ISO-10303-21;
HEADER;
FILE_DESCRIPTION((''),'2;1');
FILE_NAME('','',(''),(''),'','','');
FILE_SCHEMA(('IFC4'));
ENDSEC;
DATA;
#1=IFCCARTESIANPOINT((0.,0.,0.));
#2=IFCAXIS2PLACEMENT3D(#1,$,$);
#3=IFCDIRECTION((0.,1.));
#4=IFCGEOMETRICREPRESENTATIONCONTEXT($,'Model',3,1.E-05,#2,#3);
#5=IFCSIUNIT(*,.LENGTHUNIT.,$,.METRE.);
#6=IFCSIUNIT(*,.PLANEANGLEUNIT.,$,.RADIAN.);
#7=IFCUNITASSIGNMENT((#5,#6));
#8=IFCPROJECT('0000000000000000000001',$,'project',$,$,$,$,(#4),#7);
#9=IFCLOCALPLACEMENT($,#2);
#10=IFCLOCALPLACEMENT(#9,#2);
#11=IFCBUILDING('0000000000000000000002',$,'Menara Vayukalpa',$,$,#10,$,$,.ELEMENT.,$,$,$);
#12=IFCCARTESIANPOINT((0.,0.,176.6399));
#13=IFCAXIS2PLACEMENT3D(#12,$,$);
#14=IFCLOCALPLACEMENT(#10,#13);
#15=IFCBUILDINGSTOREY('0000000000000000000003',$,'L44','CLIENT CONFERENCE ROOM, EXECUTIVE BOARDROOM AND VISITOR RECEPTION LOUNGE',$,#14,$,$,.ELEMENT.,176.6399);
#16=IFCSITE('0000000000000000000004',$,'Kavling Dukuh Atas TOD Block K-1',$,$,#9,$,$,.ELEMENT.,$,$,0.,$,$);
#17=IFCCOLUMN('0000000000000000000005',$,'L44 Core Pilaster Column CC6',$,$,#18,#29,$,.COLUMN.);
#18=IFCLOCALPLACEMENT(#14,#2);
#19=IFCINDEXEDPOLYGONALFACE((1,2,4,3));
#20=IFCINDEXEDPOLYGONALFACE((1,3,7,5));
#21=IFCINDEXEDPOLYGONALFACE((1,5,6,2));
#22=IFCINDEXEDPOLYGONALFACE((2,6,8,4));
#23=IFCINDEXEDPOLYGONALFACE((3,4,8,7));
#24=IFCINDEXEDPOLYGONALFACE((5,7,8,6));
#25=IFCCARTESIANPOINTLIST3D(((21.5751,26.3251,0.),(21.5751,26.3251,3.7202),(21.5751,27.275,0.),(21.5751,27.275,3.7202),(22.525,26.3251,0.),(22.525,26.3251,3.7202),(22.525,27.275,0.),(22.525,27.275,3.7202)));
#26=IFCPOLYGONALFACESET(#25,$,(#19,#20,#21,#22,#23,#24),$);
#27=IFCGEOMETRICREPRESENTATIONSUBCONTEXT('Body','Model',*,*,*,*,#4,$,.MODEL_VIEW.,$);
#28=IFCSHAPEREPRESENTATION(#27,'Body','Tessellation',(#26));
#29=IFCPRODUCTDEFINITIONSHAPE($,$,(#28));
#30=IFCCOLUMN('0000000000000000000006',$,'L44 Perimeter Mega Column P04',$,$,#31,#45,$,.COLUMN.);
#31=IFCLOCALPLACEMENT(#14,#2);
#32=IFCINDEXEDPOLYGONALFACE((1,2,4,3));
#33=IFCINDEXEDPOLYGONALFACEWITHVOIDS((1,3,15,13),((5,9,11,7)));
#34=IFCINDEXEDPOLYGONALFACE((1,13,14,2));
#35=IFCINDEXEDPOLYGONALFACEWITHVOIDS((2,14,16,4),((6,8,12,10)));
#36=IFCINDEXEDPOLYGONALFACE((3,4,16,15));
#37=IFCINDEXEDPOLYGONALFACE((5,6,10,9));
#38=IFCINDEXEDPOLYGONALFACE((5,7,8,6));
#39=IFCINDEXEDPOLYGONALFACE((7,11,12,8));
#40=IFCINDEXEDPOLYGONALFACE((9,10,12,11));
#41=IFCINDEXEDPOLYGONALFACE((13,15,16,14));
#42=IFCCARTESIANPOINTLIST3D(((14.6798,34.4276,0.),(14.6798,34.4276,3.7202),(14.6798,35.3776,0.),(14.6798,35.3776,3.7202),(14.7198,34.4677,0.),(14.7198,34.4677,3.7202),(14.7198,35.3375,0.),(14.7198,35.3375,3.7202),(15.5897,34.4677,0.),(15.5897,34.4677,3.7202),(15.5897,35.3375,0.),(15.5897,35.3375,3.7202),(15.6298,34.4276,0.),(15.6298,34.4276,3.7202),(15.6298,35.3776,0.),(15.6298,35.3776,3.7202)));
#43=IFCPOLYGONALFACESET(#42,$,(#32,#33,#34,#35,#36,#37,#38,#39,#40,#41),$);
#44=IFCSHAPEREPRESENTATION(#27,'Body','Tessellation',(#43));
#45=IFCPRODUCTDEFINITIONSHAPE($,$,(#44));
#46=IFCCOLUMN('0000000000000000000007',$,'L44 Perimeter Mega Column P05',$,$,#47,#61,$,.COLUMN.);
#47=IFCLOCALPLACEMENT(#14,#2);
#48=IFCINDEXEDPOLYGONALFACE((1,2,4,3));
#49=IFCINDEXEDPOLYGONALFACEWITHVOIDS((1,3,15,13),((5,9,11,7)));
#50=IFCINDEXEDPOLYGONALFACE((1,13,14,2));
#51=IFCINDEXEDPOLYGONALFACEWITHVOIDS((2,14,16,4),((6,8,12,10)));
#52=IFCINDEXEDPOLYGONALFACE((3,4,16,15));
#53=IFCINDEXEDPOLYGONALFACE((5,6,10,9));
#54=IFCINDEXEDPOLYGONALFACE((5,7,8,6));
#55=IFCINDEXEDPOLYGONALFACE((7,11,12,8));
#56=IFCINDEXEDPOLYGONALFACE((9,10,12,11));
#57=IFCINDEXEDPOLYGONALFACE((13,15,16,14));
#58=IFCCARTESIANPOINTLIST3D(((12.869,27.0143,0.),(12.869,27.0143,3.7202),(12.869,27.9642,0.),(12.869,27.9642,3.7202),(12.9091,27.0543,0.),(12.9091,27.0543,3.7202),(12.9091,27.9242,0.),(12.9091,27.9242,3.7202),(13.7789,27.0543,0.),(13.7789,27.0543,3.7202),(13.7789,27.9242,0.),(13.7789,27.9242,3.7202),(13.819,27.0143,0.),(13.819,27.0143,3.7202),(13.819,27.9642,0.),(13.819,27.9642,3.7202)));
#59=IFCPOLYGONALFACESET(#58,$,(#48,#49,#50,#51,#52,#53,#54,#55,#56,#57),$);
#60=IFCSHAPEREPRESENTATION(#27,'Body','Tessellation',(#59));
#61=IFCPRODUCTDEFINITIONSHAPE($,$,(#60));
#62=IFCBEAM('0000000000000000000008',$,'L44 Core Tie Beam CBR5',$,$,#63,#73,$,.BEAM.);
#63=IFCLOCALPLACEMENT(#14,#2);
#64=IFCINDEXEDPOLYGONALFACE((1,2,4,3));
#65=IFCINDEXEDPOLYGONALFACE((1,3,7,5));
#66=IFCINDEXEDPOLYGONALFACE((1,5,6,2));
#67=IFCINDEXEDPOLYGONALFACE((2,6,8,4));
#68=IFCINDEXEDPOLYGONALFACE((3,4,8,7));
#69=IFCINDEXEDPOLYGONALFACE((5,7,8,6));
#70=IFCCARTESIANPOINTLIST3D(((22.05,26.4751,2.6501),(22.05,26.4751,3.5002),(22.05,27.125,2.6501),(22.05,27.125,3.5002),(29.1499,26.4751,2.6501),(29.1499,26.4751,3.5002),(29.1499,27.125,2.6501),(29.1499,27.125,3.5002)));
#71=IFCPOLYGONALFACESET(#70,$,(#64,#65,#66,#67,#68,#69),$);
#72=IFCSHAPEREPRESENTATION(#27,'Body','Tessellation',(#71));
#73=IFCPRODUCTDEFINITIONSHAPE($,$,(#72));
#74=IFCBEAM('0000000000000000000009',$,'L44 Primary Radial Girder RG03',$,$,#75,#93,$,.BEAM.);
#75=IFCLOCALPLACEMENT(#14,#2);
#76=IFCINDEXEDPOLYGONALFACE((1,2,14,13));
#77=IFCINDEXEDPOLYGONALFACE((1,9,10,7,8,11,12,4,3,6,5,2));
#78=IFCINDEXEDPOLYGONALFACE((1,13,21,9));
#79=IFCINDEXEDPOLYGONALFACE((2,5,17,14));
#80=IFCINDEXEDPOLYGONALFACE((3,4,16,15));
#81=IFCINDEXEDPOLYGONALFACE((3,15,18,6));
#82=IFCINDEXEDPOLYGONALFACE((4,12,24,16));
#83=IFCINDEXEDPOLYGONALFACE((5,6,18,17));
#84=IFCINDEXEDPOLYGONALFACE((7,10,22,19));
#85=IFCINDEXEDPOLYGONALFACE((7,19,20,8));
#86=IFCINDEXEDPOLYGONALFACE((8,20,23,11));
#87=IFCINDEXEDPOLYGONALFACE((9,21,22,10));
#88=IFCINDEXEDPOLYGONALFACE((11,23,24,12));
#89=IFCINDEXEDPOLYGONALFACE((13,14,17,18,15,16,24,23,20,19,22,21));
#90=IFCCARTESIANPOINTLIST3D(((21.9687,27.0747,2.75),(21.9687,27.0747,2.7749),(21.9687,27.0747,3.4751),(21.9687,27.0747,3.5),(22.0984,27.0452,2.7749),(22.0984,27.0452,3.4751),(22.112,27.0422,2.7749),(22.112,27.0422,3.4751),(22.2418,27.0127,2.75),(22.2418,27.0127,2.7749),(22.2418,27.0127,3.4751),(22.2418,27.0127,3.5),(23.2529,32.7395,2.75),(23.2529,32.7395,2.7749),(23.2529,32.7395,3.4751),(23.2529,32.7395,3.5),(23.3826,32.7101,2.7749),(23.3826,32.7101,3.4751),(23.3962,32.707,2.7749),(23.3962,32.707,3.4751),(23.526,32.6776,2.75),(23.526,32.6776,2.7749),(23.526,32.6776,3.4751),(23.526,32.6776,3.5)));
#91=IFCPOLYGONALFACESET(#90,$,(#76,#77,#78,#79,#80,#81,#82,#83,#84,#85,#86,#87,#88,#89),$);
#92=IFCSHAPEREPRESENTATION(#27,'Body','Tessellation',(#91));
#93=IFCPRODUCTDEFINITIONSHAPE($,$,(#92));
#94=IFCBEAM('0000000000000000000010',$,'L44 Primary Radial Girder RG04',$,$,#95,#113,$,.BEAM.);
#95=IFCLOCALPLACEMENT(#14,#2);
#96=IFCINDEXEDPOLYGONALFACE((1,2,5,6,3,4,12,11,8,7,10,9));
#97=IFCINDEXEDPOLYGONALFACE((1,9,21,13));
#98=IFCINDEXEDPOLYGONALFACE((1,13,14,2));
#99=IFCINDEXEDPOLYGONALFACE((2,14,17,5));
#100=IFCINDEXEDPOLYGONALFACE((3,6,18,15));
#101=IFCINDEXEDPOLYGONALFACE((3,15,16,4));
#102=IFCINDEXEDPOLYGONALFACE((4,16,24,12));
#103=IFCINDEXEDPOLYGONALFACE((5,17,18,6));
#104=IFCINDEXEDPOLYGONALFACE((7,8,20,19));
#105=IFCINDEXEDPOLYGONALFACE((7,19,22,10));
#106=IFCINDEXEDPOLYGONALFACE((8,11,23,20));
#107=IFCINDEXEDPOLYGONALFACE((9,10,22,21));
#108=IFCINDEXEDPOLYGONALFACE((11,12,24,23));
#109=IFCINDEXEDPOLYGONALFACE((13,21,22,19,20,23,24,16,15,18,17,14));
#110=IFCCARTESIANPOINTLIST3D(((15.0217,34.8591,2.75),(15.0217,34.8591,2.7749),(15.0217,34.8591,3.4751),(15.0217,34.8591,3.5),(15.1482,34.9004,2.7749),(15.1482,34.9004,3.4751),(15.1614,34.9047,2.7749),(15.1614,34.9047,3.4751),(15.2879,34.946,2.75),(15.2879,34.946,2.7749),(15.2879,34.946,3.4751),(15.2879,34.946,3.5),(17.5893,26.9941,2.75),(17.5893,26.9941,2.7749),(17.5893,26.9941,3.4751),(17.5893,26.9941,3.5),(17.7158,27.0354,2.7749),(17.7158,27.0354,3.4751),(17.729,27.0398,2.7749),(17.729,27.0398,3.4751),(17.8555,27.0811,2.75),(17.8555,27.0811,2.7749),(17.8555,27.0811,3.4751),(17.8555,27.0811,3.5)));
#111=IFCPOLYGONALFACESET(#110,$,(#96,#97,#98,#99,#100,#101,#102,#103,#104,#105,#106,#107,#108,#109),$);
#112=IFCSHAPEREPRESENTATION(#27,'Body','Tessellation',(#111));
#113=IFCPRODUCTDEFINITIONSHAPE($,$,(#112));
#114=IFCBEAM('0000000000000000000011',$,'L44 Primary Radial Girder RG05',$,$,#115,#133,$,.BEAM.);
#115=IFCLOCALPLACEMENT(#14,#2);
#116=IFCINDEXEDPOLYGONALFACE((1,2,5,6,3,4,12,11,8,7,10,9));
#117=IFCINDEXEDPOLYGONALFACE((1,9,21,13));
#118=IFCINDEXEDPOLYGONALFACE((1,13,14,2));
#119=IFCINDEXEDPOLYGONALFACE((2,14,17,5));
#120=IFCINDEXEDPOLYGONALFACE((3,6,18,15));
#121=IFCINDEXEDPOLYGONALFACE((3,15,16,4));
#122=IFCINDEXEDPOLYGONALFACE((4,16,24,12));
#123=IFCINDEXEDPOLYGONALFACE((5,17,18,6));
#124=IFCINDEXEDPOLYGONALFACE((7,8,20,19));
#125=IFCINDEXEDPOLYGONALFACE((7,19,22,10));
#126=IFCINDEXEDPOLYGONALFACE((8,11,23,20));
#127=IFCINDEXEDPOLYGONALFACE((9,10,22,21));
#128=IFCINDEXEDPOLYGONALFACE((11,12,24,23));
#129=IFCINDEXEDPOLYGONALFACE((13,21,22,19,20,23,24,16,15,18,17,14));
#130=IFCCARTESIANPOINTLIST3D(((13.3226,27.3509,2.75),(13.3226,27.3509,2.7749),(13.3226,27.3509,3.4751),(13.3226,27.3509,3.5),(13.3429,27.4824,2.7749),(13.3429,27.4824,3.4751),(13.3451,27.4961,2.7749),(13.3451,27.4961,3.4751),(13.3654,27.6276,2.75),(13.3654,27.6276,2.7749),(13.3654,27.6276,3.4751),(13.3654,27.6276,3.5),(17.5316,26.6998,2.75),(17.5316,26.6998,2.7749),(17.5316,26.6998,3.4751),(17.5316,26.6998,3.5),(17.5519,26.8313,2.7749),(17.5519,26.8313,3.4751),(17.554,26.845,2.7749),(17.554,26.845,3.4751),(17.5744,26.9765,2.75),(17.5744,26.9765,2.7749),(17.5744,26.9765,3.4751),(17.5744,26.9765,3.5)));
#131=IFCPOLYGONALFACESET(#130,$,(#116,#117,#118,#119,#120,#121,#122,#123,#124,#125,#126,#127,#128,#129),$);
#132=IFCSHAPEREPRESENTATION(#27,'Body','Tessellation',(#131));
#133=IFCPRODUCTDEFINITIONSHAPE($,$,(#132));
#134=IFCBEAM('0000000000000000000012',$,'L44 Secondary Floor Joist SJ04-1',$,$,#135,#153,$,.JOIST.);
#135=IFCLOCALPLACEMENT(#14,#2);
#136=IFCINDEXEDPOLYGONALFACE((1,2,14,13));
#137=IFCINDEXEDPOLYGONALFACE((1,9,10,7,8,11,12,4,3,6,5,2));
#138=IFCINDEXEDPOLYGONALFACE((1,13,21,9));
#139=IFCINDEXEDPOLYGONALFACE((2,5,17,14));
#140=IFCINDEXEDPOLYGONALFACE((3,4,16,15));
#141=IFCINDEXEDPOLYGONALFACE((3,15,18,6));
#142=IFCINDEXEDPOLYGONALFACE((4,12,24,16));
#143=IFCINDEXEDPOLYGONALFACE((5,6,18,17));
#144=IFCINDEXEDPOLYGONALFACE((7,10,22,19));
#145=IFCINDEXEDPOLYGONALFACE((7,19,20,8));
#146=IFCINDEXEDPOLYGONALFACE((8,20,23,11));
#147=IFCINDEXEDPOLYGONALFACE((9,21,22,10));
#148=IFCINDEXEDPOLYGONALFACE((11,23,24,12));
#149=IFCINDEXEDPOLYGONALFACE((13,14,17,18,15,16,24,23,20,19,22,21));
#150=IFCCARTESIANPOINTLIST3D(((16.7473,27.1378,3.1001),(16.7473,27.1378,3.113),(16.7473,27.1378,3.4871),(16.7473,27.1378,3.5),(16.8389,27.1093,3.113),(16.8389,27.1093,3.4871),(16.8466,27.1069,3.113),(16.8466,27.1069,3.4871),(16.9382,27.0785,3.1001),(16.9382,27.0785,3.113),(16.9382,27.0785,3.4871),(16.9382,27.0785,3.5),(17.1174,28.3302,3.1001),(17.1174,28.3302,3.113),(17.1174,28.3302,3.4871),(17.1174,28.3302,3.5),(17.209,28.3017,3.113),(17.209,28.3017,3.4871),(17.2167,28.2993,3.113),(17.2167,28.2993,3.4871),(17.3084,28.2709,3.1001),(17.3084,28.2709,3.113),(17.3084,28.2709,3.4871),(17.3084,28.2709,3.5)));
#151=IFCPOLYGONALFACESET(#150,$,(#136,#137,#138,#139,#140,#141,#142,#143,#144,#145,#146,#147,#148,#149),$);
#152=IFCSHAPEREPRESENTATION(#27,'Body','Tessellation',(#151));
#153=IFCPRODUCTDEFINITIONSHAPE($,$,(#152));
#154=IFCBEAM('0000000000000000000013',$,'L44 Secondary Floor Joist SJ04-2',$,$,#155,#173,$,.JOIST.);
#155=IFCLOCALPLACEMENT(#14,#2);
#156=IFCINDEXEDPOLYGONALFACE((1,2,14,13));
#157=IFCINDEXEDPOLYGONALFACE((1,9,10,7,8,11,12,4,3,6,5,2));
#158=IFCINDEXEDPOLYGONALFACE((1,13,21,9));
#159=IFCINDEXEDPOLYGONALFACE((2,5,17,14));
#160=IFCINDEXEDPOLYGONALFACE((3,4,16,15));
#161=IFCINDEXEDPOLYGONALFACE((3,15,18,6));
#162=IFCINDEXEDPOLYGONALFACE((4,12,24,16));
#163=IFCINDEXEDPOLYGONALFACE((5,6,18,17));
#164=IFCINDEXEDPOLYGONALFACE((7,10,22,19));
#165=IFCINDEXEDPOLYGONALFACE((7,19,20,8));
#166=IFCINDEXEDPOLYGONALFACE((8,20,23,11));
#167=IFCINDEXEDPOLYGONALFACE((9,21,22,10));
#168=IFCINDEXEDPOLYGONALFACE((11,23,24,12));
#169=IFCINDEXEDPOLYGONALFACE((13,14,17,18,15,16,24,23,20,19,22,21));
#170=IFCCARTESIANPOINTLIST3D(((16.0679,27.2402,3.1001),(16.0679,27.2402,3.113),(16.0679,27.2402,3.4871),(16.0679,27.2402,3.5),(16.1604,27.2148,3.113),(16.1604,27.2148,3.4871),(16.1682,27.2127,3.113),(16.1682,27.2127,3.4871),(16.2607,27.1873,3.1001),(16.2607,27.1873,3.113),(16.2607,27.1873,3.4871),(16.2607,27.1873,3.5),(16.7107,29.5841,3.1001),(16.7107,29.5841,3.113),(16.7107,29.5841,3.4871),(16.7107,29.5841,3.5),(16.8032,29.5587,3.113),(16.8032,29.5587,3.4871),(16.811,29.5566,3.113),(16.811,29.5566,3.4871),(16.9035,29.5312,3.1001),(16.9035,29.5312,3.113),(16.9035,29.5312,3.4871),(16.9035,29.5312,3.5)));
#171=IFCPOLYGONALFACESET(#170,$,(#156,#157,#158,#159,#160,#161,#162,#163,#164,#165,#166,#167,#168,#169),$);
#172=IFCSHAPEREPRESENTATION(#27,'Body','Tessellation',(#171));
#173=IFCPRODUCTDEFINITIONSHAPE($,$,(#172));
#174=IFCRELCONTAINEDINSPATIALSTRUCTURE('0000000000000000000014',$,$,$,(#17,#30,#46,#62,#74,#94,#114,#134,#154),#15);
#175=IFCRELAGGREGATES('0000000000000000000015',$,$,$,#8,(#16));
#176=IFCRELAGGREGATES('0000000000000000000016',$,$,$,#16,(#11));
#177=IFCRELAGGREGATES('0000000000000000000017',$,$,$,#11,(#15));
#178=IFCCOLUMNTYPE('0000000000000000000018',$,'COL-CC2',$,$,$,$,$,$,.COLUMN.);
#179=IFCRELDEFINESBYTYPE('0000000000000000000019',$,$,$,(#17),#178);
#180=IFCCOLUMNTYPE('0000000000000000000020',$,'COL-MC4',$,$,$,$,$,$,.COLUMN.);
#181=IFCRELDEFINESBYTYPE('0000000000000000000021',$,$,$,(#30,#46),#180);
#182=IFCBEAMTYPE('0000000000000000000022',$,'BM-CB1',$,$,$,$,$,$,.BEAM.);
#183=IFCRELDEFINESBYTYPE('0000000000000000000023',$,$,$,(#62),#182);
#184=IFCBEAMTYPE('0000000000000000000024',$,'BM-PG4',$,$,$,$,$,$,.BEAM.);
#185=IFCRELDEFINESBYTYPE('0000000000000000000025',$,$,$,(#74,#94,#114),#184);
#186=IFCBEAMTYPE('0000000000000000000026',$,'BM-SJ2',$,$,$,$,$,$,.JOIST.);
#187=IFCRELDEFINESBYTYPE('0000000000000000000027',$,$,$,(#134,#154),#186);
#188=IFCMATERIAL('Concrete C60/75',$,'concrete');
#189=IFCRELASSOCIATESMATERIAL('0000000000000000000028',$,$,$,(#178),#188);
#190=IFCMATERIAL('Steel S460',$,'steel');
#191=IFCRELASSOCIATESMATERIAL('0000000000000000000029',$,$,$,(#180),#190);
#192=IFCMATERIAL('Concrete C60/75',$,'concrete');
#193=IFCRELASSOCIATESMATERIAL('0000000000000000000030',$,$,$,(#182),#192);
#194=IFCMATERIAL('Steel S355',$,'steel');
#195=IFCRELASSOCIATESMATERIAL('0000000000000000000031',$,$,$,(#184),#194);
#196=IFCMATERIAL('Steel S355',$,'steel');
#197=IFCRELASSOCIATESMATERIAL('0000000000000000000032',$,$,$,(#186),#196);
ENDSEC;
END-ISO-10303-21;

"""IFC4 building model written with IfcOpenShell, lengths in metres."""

from ifc_helpers import new_model, si_unit, direction, frame, origin, origin_2d, place, context, subcontext, project, spatial, rectangle, hollow_rectangle, i_section, extrude, material, material_profile, profile_set, type_object, element, save


model = new_model("IFC4")

# Units and contexts
model_context = context("Model", 3, precision=1e-05, world=origin(), true_north=direction((0.0, 1.0)))
body_context = subcontext(model_context, "Body", "Model", "MODEL_VIEW")
ifc_project = project(units=[si_unit("LENGTHUNIT", "METRE"), si_unit("PLANEANGLEUNIT", "RADIAN")], contexts=[model_context])

# Site, building, storey
site_placement = place(None, origin())
site = spatial("IfcSite", under=ifc_project, at=site_placement, Name="Kavling Dukuh Atas TOD Block K-1", CompositionType="ELEMENT", RefElevation=0.0)
building_placement = place(site_placement, origin())
building = spatial("IfcBuilding", under=site, at=building_placement, Name="Menara Vayukalpa", CompositionType="ELEMENT")
storey_placement = place(building_placement, frame((0.0, 0.0, 176.6399)))
storey = spatial("IfcBuildingStorey", under=building, at=storey_placement, Name="L44", Description="CLIENT CONFERENCE ROOM, EXECUTIVE BOARDROOM AND VISITOR RECEPTION LOUNGE", CompositionType="ELEMENT", Elevation=176.6399)

# Columns
ifc_material_1 = material(Name="Concrete C60/75", Category="concrete")
ifc_material_profile_1 = material_profile(ifc_material_1, rectangle(XDim=0.95, YDim=0.95, at=origin_2d()), Name="RC 950x950")
ifc_profile_set_1 = profile_set([ifc_material_profile_1], Name="Concrete C60/75")
column_type_1 = type_object("IfcColumnType", Name="COL-CC2", PredefinedType="COLUMN", material=ifc_profile_set_1)
column_placement = place(storey_placement, frame((22.05, 26.8, 0.0), z_axis=(0.0, 0.0, 1.0), x_axis=(1.0, 0.0, 0.0)))
element("IfcColumn", 1, at=column_placement, inside=storey, type_object=column_type_1, Name="L44 Core Pilaster Column CC6", PredefinedType="COLUMN", context=body_context, shape_type="SweptSolid", body=[
    extrude(rectangle(XDim=0.95, YDim=0.95, at=origin_2d()), origin(), (0.0, 0.0, 1.0), 3.7202),
])
ifc_material_2 = material(Name="Steel S460", Category="steel")
ifc_material_profile_2 = material_profile(ifc_material_2, hollow_rectangle(XDim=0.95, YDim=0.95, WallThickness=0.04, at=origin_2d()), Name="BOX 950x950x40")
ifc_profile_set_2 = profile_set([ifc_material_profile_2], Name="Steel S460")
column_type_2 = type_object("IfcColumnType", Name="COL-MC4", PredefinedType="COLUMN", material=ifc_profile_set_2)
for number, where, z_axis, x_axis, name in (
    (2, (15.1548, 34.9026, 0.0), (0.0, 0.0, 1.0), (1.0, 0.0, 0.0), "L44 Perimeter Mega Column P04"),
    (3, (13.344, 27.4893, 0.0), (0.0, 0.0, 1.0), (1.0, 0.0, 0.0), "L44 Perimeter Mega Column P05"),
):
    element("IfcColumn", number, at=place(storey_placement, frame(where, z_axis=z_axis, x_axis=x_axis)), inside=storey, type_object=column_type_2, Name=name, PredefinedType="COLUMN", context=body_context, shape_type="SweptSolid", body=[
        extrude(hollow_rectangle(XDim=0.95, YDim=0.95, WallThickness=0.04, at=origin_2d()), origin(), (0.0, 0.0, 1.0), 3.7202),
    ])

# Beams
ifc_material_3 = material(Name="Concrete C60/75", Category="concrete")
ifc_material_profile_3 = material_profile(ifc_material_3, rectangle(XDim=0.6499, YDim=0.8501, at=origin_2d()), Name="RC 650x850")
ifc_profile_set_3 = profile_set([ifc_material_profile_3], Name="Concrete C60/75")
beam_type_1 = type_object("IfcBeamType", Name="BM-CB1", PredefinedType="BEAM", material=ifc_profile_set_3)
beam_1_placement = place(storey_placement, frame((22.05, 26.8, 3.0752), z_axis=(1.0, 0.0, 0.0), x_axis=(0.0, 1.0, 0.0)))
element("IfcBeam", 4, at=beam_1_placement, inside=storey, type_object=beam_type_1, Name="L44 Core Tie Beam CBR5", PredefinedType="BEAM", context=body_context, shape_type="SweptSolid", body=[
    extrude(rectangle(XDim=0.6499, YDim=0.8501, at=origin_2d()), origin(), (0.0, 0.0, 1.0), 7.0999),
])
ifc_material_4 = material(Name="Steel S355", Category="steel")
ifc_material_profile_4 = material_profile(ifc_material_4, i_section(OverallWidth=0.28, OverallDepth=0.75, WebThickness=0.0139, FlangeThickness=0.0249, at=origin_2d()), Name="WF 750x280x14x25")
ifc_profile_set_4 = profile_set([ifc_material_profile_4], Name="Steel S355")
beam_type_2 = type_object("IfcBeamType", Name="BM-PG4", PredefinedType="BEAM", material=ifc_profile_set_4)
beam_2_placement = place(storey_placement, frame((22.1052, 27.0437, 3.125), z_axis=(0.221085, 0.975255, 0.0), x_axis=(-0.975255, 0.221085, 0.0)))
element("IfcBeam", 5, at=beam_2_placement, inside=storey, type_object=beam_type_2, Name="L44 Primary Radial Girder RG03", PredefinedType="BEAM", context=body_context, shape_type="SweptSolid", body=[
    extrude(i_section(OverallWidth=0.28, OverallDepth=0.75, WebThickness=0.0139, FlangeThickness=0.0249, at=origin_2d()), origin(), (0.0, 0.0, 1.0), 5.8086),
])
beam_3_placement = place(storey_placement, frame((17.7224, 27.0376, 3.125), z_axis=(-0.310344, 0.950624, 0.0), x_axis=(-0.950624, -0.310344, 0.0)))
element("IfcBeam", 6, at=beam_3_placement, inside=storey, type_object=beam_type_2, Name="L44 Primary Radial Girder RG04", PredefinedType="BEAM", context=body_context, shape_type="SweptSolid", body=[
    extrude(i_section(OverallWidth=0.28, OverallDepth=0.75, WebThickness=0.0139, FlangeThickness=0.0249, at=origin_2d()), origin(), (0.0, 0.0, 1.0), 8.2734),
])
beam_4_placement = place(storey_placement, frame((17.553, 26.8381, 3.125), z_axis=(-0.988245, 0.15288, 0.0), x_axis=(-0.15288, -0.988245, 0.0)))
element("IfcBeam", 7, at=beam_4_placement, inside=storey, type_object=beam_type_2, Name="L44 Primary Radial Girder RG05", PredefinedType="BEAM", context=body_context, shape_type="SweptSolid", body=[
    extrude(i_section(OverallWidth=0.28, OverallDepth=0.75, WebThickness=0.0139, FlangeThickness=0.0249, at=origin_2d()), origin(), (0.0, 0.0, 1.0), 4.259),
])
ifc_material_5 = material(Name="Steel S355", Category="steel")
ifc_material_profile_5 = material_profile(ifc_material_5, i_section(OverallWidth=0.2, OverallDepth=0.3999, WebThickness=0.0081, FlangeThickness=0.0129, at=origin_2d()), Name="WF 400x200x8x13")
ifc_profile_set_5 = profile_set([ifc_material_profile_5], Name="Steel S355")
beam_type_3 = type_object("IfcBeamType", Name="BM-SJ2", PredefinedType="JOIST", material=ifc_profile_set_5)
beam_5_placement = place(storey_placement, frame((17.2129, 28.3005, 3.3), z_axis=(-0.296448, -0.955049, 0.0), x_axis=(0.955049, -0.296448, 0.0)))
element("IfcBeam", 8, at=beam_5_placement, inside=storey, type_object=beam_type_3, Name="L44 Secondary Floor Joist SJ04-1", PredefinedType="JOIST", context=body_context, shape_type="SweptSolid", body=[
    extrude(i_section(OverallWidth=0.2, OverallDepth=0.3999, WebThickness=0.0081, FlangeThickness=0.0129, at=origin_2d()), origin(), (0.0, 0.0, 1.0), 1.2485),
])
beam_6_placement = place(storey_placement, frame((16.8071, 29.5576, 3.3), z_axis=(-0.264503, -0.964385, 0.0), x_axis=(0.964385, -0.264503, 0.0)))
element("IfcBeam", 9, at=beam_6_placement, inside=storey, type_object=beam_type_3, Name="L44 Secondary Floor Joist SJ04-2", PredefinedType="JOIST", context=body_context, shape_type="SweptSolid", body=[
    extrude(i_section(OverallWidth=0.2, OverallDepth=0.3999, WebThickness=0.0081, FlangeThickness=0.0129, at=origin_2d()), origin(), (0.0, 0.0, 1.0), 2.4304),
])

save(model, "model.ifc")
